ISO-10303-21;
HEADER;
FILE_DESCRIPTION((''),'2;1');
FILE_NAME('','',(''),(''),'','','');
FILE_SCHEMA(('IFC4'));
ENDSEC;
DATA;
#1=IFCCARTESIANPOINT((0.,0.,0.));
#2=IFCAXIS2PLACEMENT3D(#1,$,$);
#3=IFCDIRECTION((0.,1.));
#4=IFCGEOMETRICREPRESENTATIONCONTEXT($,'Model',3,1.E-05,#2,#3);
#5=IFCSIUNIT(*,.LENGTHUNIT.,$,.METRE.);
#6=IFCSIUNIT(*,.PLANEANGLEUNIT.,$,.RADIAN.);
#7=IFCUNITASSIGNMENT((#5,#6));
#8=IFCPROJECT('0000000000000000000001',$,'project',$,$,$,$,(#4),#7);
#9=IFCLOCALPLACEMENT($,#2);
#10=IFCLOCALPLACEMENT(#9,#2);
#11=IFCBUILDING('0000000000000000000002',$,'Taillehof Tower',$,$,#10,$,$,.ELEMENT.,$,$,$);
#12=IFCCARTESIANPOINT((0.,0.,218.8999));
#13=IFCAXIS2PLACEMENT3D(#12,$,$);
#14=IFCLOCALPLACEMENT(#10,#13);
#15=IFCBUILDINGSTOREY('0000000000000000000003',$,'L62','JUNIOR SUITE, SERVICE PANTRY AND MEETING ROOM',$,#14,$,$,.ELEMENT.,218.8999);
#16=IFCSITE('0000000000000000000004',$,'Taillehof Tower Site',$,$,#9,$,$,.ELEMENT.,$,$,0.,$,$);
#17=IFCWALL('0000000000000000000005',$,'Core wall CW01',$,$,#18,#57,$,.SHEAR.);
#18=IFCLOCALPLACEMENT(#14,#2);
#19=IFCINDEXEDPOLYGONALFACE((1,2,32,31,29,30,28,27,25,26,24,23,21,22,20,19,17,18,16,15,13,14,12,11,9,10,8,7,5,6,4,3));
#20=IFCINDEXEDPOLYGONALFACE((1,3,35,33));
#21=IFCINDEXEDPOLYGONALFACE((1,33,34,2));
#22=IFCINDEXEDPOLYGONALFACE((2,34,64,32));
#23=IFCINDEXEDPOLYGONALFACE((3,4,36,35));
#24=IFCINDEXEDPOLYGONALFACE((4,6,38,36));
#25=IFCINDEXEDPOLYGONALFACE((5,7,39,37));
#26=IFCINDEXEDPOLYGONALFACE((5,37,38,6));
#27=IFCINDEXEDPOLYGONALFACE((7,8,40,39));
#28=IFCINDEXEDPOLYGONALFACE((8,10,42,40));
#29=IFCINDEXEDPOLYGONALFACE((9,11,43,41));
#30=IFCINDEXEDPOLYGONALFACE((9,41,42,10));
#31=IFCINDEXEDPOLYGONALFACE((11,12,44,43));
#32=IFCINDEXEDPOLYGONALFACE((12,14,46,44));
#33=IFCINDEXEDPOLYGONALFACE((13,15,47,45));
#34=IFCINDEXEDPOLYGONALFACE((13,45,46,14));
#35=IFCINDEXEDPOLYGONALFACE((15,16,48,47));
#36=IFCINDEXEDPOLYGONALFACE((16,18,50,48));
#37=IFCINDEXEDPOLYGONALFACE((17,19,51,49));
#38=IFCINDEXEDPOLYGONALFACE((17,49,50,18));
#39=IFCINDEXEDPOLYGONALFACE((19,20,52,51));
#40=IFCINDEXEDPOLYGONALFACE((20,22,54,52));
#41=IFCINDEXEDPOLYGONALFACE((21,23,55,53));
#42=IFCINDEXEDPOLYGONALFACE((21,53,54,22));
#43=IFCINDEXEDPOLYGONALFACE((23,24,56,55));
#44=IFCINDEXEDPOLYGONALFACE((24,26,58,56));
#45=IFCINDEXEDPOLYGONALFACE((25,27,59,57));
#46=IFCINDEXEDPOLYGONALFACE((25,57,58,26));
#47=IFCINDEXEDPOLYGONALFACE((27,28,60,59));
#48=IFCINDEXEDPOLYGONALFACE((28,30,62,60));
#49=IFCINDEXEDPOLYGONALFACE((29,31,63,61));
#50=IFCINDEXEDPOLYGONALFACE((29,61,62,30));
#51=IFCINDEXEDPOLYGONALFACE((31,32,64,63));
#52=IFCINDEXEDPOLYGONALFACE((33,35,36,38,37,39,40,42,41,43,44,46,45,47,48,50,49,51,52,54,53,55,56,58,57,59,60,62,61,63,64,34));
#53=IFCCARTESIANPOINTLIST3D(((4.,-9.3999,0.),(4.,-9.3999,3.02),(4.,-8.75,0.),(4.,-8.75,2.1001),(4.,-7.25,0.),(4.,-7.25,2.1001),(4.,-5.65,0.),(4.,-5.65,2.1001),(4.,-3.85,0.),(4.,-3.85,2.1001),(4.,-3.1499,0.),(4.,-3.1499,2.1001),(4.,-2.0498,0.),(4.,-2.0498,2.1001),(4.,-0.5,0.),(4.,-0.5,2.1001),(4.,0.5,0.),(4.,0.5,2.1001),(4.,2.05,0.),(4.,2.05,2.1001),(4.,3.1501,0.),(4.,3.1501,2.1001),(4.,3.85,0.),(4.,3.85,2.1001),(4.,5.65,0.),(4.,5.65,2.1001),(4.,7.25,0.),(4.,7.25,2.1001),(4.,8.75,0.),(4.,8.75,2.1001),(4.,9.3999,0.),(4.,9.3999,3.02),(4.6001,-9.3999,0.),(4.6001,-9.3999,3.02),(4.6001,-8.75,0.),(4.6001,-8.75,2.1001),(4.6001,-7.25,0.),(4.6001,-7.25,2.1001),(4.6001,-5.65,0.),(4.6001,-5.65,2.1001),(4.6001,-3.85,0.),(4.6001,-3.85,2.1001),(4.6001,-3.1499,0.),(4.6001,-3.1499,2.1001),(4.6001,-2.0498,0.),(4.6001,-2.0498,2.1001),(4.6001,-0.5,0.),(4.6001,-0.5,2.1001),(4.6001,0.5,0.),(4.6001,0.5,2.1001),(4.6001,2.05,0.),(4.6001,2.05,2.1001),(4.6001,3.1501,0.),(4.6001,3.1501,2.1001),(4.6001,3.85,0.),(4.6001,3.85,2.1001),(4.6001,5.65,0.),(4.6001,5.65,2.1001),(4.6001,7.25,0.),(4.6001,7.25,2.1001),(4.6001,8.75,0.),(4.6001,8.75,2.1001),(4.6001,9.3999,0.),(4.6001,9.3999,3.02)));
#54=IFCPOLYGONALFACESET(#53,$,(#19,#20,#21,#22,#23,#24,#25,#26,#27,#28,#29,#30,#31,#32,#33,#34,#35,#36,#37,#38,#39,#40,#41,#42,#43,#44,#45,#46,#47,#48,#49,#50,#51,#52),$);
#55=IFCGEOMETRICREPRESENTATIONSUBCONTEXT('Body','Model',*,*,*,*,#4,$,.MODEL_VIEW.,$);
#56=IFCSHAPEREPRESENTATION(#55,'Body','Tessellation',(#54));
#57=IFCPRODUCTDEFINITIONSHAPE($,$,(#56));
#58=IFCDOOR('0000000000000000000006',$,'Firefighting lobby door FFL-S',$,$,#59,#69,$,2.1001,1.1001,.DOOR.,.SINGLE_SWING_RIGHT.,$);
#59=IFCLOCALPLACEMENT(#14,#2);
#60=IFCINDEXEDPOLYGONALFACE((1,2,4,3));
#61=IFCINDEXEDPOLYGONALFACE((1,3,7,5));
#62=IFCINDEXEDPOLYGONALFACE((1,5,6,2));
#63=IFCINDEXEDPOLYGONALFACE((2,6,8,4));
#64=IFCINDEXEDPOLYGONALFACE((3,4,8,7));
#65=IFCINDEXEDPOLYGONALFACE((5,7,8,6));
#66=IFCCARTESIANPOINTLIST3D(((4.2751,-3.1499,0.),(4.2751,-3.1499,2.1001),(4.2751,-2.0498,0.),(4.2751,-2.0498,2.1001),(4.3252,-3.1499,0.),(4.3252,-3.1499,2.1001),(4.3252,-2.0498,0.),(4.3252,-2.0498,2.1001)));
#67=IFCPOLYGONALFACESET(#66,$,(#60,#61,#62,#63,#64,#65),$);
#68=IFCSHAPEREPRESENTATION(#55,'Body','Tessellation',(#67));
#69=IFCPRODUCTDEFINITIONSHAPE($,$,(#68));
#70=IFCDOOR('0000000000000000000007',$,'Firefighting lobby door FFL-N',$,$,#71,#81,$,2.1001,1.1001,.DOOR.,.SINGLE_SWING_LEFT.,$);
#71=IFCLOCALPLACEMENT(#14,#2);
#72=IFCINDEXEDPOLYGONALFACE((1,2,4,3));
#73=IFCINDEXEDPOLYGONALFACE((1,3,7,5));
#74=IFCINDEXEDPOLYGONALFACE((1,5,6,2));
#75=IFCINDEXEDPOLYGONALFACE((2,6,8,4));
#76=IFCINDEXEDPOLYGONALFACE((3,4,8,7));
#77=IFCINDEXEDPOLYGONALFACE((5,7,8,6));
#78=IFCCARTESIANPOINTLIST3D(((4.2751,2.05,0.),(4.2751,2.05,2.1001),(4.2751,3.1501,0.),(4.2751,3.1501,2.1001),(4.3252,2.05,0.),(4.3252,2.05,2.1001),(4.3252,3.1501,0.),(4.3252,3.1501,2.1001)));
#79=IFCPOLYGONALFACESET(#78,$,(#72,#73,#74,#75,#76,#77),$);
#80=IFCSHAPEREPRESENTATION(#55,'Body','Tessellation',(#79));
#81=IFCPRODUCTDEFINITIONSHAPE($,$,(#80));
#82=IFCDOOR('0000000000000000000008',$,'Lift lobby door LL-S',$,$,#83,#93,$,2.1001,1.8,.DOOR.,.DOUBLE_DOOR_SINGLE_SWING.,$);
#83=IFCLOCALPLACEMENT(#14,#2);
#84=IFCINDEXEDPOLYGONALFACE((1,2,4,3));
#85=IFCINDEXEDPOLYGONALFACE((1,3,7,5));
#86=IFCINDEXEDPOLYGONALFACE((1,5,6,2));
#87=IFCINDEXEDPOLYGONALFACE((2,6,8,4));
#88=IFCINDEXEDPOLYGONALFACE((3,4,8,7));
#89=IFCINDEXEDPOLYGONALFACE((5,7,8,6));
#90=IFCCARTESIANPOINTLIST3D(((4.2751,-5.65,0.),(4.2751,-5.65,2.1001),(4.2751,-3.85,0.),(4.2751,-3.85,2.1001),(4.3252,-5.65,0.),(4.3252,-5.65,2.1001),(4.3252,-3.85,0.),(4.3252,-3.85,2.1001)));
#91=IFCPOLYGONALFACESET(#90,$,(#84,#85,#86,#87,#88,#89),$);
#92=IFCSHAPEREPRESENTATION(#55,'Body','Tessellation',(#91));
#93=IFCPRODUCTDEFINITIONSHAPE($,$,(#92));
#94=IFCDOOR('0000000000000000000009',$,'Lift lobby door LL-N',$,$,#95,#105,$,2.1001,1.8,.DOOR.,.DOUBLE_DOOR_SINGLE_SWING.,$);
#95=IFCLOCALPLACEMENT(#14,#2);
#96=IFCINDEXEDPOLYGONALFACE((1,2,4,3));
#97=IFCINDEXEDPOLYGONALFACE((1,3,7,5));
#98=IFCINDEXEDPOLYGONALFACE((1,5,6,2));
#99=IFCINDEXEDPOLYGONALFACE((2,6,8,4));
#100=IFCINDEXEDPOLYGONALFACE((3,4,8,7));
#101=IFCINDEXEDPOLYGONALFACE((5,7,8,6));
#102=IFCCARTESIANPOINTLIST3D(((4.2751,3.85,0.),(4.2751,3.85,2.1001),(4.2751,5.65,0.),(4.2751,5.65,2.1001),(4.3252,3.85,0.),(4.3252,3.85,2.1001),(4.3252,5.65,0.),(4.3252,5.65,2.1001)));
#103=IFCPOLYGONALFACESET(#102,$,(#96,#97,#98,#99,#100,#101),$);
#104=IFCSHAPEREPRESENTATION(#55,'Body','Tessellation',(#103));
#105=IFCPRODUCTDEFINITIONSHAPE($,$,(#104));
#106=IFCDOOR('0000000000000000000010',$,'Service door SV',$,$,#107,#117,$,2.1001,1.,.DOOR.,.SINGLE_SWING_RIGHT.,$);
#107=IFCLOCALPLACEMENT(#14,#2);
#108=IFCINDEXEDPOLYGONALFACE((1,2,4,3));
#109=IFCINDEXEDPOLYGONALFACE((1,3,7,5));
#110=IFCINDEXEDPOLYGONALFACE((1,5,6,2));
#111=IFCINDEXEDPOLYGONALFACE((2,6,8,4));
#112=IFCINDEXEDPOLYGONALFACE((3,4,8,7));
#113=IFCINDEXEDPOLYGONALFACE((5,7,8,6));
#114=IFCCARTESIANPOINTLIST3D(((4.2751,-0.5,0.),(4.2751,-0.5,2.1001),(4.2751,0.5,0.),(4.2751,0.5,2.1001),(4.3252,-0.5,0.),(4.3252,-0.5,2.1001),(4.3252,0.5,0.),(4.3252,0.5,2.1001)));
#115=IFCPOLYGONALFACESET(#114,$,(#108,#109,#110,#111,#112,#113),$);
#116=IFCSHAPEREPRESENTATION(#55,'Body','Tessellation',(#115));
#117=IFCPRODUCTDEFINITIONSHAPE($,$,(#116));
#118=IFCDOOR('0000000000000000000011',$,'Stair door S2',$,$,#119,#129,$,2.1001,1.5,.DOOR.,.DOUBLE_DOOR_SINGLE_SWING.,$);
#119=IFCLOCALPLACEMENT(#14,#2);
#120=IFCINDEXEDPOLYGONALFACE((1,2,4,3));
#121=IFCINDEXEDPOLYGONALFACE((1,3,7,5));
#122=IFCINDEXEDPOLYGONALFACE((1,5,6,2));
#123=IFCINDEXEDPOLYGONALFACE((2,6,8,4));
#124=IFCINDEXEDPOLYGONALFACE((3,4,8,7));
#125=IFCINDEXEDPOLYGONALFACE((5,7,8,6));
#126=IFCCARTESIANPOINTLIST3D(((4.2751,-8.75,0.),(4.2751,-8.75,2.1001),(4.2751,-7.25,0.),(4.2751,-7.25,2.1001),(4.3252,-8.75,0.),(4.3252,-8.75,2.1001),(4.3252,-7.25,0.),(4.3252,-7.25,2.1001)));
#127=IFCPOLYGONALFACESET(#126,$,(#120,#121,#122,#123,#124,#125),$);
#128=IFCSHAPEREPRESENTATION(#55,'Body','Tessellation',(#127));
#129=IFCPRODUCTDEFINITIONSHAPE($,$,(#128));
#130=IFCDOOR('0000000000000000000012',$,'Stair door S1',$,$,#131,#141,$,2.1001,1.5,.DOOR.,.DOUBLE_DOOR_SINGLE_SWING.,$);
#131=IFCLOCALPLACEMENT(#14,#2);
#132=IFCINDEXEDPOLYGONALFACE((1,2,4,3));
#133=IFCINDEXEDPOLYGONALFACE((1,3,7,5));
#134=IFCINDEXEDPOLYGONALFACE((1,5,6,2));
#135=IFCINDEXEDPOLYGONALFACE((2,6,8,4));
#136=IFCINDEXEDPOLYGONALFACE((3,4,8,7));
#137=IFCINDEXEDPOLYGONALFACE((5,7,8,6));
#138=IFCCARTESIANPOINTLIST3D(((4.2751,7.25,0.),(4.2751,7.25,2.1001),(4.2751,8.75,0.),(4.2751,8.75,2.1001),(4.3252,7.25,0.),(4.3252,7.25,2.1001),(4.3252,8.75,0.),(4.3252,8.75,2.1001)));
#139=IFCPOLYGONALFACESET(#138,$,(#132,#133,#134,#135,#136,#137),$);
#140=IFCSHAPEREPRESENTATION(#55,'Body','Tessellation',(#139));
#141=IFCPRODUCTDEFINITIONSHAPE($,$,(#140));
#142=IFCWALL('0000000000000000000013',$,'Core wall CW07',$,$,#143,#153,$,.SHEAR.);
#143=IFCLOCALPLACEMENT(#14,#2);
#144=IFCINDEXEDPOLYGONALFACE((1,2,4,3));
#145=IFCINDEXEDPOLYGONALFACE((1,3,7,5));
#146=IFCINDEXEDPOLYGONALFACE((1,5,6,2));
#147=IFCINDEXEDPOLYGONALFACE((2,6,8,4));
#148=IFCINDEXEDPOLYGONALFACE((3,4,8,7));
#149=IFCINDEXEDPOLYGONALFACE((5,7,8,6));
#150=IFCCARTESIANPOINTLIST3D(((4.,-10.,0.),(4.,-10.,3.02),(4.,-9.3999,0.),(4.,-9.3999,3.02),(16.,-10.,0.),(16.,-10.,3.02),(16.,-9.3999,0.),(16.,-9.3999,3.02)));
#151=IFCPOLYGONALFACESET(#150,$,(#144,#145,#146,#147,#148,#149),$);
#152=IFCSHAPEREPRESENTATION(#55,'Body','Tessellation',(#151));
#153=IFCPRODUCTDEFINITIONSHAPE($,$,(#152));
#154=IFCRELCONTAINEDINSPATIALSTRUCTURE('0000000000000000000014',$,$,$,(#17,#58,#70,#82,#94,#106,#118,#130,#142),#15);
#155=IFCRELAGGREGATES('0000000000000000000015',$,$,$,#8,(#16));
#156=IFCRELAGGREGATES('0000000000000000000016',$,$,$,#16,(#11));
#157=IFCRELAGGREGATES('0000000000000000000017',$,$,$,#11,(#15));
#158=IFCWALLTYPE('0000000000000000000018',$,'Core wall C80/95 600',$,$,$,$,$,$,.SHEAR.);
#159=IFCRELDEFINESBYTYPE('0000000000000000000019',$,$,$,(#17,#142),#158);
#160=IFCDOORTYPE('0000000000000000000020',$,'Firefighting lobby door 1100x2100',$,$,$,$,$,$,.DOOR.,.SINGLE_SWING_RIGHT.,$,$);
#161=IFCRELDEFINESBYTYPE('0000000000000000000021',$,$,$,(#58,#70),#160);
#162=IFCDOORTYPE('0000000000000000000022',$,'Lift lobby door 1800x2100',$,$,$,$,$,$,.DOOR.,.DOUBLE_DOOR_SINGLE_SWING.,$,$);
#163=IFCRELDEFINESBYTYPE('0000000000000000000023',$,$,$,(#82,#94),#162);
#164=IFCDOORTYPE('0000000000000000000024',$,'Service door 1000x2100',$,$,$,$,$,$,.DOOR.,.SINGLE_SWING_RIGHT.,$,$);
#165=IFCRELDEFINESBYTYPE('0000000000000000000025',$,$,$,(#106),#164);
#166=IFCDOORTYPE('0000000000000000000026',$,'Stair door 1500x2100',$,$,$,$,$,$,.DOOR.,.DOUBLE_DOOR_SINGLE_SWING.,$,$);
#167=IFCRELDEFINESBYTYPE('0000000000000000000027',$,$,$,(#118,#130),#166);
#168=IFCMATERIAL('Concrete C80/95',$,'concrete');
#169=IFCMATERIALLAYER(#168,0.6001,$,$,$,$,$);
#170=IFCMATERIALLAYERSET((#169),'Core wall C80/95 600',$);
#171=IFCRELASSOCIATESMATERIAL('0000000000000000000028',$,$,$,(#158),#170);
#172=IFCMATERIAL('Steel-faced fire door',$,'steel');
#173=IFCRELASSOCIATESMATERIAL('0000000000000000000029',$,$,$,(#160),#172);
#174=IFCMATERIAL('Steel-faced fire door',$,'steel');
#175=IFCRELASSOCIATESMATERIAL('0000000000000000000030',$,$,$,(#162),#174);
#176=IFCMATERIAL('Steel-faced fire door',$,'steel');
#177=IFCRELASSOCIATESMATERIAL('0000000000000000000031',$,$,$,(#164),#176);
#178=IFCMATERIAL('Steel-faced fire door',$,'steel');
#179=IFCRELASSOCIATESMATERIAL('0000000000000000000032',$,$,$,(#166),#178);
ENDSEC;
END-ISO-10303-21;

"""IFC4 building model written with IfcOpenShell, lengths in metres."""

from ifc_helpers import new_model, si_unit, direction, frame, frame_2d, origin, place, context, subcontext, project, spatial, rectangle, extrude, material, layer, layer_set, type_object, element, fill, save


model = new_model("IFC4")

# Units and contexts
model_context = context("Model", 3, precision=1e-05, world=origin(), true_north=direction((0.0, 1.0)))
body_context = subcontext(model_context, "Body", "Model", "MODEL_VIEW")
ifc_project = project(units=[si_unit("LENGTHUNIT", "METRE"), si_unit("PLANEANGLEUNIT", "RADIAN")], contexts=[model_context])

# Site, building, storey
site_placement = place(None, origin())
site = spatial("IfcSite", under=ifc_project, at=site_placement, Name="Taillehof Tower Site", CompositionType="ELEMENT", RefElevation=0.0)
building_placement = place(site_placement, origin())
building = spatial("IfcBuilding", under=site, at=building_placement, Name="Taillehof Tower", CompositionType="ELEMENT")
storey_placement = place(building_placement, frame((0.0, 0.0, 218.8999)))
storey = spatial("IfcBuildingStorey", under=building, at=storey_placement, Name="L62", Description="JUNIOR SUITE, SERVICE PANTRY AND MEETING ROOM", CompositionType="ELEMENT", Elevation=218.8999)

# Wall, openings, doors
ifc_material_1 = material(Name="Concrete C80/95", Category="concrete")
ifc_layer_1 = layer(ifc_material_1, 0.6001)
ifc_layer_set_1 = layer_set([ifc_layer_1], Name="Core wall C80/95 600")
wall_type_1 = type_object("IfcWallType", Name="Core wall C80/95 600", PredefinedType="SHEAR", material=ifc_layer_set_1)
wall_1_placement = place(storey_placement, frame((4.3, -9.3999, 0.0), z_axis=(0.0, 0.0, 1.0), x_axis=(0.0, 1.0, 0.0)))
wall_1 = element("IfcWall", 1, at=wall_1_placement, inside=storey, type_object=wall_type_1, Name="Core wall CW01", PredefinedType="SHEAR", context=body_context, shape_type="SweptSolid", body=[
    extrude(rectangle(XDim=18.7998, YDim=0.6001, at=frame_2d((9.3999, 0.0))), origin(), (0.0, 0.0, 1.0), 3.02),
])
opening_1_placement = place(wall_1_placement, frame((0.6499, 0.0, 0.0)))
opening_1 = element("IfcOpeningElement", 2, at=opening_1_placement, cuts=wall_1, PredefinedType="OPENING", context=body_context, shape_type="SweptSolid", body=[
    extrude(rectangle(XDim=1.5, YDim=2.1001, at=frame_2d((0.75, 1.05))), frame((0.0, 0.3101, 0.0), z_axis=(0.0, -1.0, 0.0), x_axis=(1.0, 0.0, 0.0)), (0.0, 0.0, 1.0), 0.6201),
])
opening_2_placement = place(wall_1_placement, frame((3.75, 0.0, 0.0)))
opening_2 = element("IfcOpeningElement", 3, at=opening_2_placement, cuts=wall_1, PredefinedType="OPENING", context=body_context, shape_type="SweptSolid", body=[
    extrude(rectangle(XDim=1.8, YDim=2.1001, at=frame_2d((0.8999, 1.05))), frame((0.0, 0.3101, 0.0), z_axis=(0.0, -1.0, 0.0), x_axis=(1.0, 0.0, 0.0)), (0.0, 0.0, 1.0), 0.6201),
])
opening_3_placement = place(wall_1_placement, frame((6.25, 0.0, 0.0)))
opening_3 = element("IfcOpeningElement", 4, at=opening_3_placement, cuts=wall_1, PredefinedType="OPENING", context=body_context, shape_type="SweptSolid", body=[
    extrude(rectangle(XDim=1.1001, YDim=2.1001, at=frame_2d((0.55, 1.05))), frame((0.0, 0.3101, 0.0), z_axis=(0.0, -1.0, 0.0), x_axis=(1.0, 0.0, 0.0)), (0.0, 0.0, 1.0), 0.6201),
])
opening_4_placement = place(wall_1_placement, frame((8.8999, 0.0, 0.0)))
opening_4 = element("IfcOpeningElement", 5, at=opening_4_placement, cuts=wall_1, PredefinedType="OPENING", context=body_context, shape_type="SweptSolid", body=[
    extrude(rectangle(XDim=1.0, YDim=2.1001, at=frame_2d((0.5, 1.05))), frame((0.0, 0.3101, 0.0), z_axis=(0.0, -1.0, 0.0), x_axis=(1.0, 0.0, 0.0)), (0.0, 0.0, 1.0), 0.6201),
])
opening_5_placement = place(wall_1_placement, frame((11.45, 0.0, 0.0)))
opening_5 = element("IfcOpeningElement", 6, at=opening_5_placement, cuts=wall_1, PredefinedType="OPENING", context=body_context, shape_type="SweptSolid", body=[
    extrude(rectangle(XDim=1.1001, YDim=2.1001, at=frame_2d((0.55, 1.05))), frame((0.0, 0.3101, 0.0), z_axis=(0.0, -1.0, 0.0), x_axis=(1.0, 0.0, 0.0)), (0.0, 0.0, 1.0), 0.6201),
])
opening_6_placement = place(wall_1_placement, frame((13.25, 0.0, 0.0)))
opening_6 = element("IfcOpeningElement", 7, at=opening_6_placement, cuts=wall_1, PredefinedType="OPENING", context=body_context, shape_type="SweptSolid", body=[
    extrude(rectangle(XDim=1.8, YDim=2.1001, at=frame_2d((0.8999, 1.05))), frame((0.0, 0.3101, 0.0), z_axis=(0.0, -1.0, 0.0), x_axis=(1.0, 0.0, 0.0)), (0.0, 0.0, 1.0), 0.6201),
])
opening_7_placement = place(wall_1_placement, frame((16.6499, 0.0, 0.0)))
opening_7 = element("IfcOpeningElement", 8, at=opening_7_placement, cuts=wall_1, PredefinedType="OPENING", context=body_context, shape_type="SweptSolid", body=[
    extrude(rectangle(XDim=1.5, YDim=2.1001, at=frame_2d((0.75, 1.05))), frame((0.0, 0.3101, 0.0), z_axis=(0.0, -1.0, 0.0), x_axis=(1.0, 0.0, 0.0)), (0.0, 0.0, 1.0), 0.6201),
])
ifc_material_2 = material(Name="Steel-faced fire door", Category="steel")
door_type_1 = type_object("IfcDoorType", Name="Firefighting lobby door 1100x2100", OperationType="SINGLE_SWING_RIGHT", PredefinedType="DOOR", material=ifc_material_2)
door_1_placement = place(opening_3_placement, origin())
door_1 = element("IfcDoor", 9, at=door_1_placement, inside=storey, type_object=door_type_1, Name="Firefighting lobby door FFL-S", OperationType="SINGLE_SWING_RIGHT", OverallHeight=2.1001, OverallWidth=1.1001, PredefinedType="DOOR", context=body_context, shape_type="SweptSolid", body=[
    extrude(rectangle(XDim=1.1001, YDim=2.1001, at=frame_2d((0.55, 1.05))), frame((0.0, 0.0249, 0.0), z_axis=(0.0, -1.0, 0.0), x_axis=(1.0, 0.0, 0.0)), (0.0, 0.0, 1.0), 0.05),
])
fill(opening_3, door_1)
door_2_placement = place(opening_5_placement, origin())
door_2 = element("IfcDoor", 10, at=door_2_placement, inside=storey, type_object=door_type_1, Name="Firefighting lobby door FFL-N", OperationType="SINGLE_SWING_LEFT", OverallHeight=2.1001, OverallWidth=1.1001, PredefinedType="DOOR", context=body_context, shape_type="SweptSolid", body=[
    extrude(rectangle(XDim=1.1001, YDim=2.1001, at=frame_2d((0.55, 1.05))), frame((0.0, 0.0249, 0.0), z_axis=(0.0, -1.0, 0.0), x_axis=(1.0, 0.0, 0.0)), (0.0, 0.0, 1.0), 0.05),
])
fill(opening_5, door_2)
ifc_material_3 = material(Name="Steel-faced fire door", Category="steel")
door_type_2 = type_object("IfcDoorType", Name="Lift lobby door 1800x2100", OperationType="DOUBLE_DOOR_SINGLE_SWING", PredefinedType="DOOR", material=ifc_material_3)
door_3_placement = place(opening_2_placement, origin())
door_3 = element("IfcDoor", 11, at=door_3_placement, inside=storey, type_object=door_type_2, Name="Lift lobby door LL-S", OperationType="DOUBLE_DOOR_SINGLE_SWING", OverallHeight=2.1001, OverallWidth=1.8, PredefinedType="DOOR", context=body_context, shape_type="SweptSolid", body=[
    extrude(rectangle(XDim=1.8, YDim=2.1001, at=frame_2d((0.8999, 1.05))), frame((0.0, 0.0249, 0.0), z_axis=(0.0, -1.0, 0.0), x_axis=(1.0, 0.0, 0.0)), (0.0, 0.0, 1.0), 0.05),
])
fill(opening_2, door_3)
door_4_placement = place(opening_6_placement, origin())
door_4 = element("IfcDoor", 12, at=door_4_placement, inside=storey, type_object=door_type_2, Name="Lift lobby door LL-N", OperationType="DOUBLE_DOOR_SINGLE_SWING", OverallHeight=2.1001, OverallWidth=1.8, PredefinedType="DOOR", context=body_context, shape_type="SweptSolid", body=[
    extrude(rectangle(XDim=1.8, YDim=2.1001, at=frame_2d((0.8999, 1.05))), frame((0.0, 0.0249, 0.0), z_axis=(0.0, -1.0, 0.0), x_axis=(1.0, 0.0, 0.0)), (0.0, 0.0, 1.0), 0.05),
])
fill(opening_6, door_4)
ifc_material_4 = material(Name="Steel-faced fire door", Category="steel")
door_type_3 = type_object("IfcDoorType", Name="Service door 1000x2100", OperationType="SINGLE_SWING_RIGHT", PredefinedType="DOOR", material=ifc_material_4)
door_5_placement = place(opening_4_placement, origin())
door_5 = element("IfcDoor", 13, at=door_5_placement, inside=storey, type_object=door_type_3, Name="Service door SV", OperationType="SINGLE_SWING_RIGHT", OverallHeight=2.1001, OverallWidth=1.0, PredefinedType="DOOR", context=body_context, shape_type="SweptSolid", body=[
    extrude(rectangle(XDim=1.0, YDim=2.1001, at=frame_2d((0.5, 1.05))), frame((0.0, 0.0249, 0.0), z_axis=(0.0, -1.0, 0.0), x_axis=(1.0, 0.0, 0.0)), (0.0, 0.0, 1.0), 0.05),
])
fill(opening_4, door_5)
ifc_material_5 = material(Name="Steel-faced fire door", Category="steel")
door_type_4 = type_object("IfcDoorType", Name="Stair door 1500x2100", OperationType="DOUBLE_DOOR_SINGLE_SWING", PredefinedType="DOOR", material=ifc_material_5)
door_6_placement = place(opening_1_placement, origin())
door_6 = element("IfcDoor", 14, at=door_6_placement, inside=storey, type_object=door_type_4, Name="Stair door S2", OperationType="DOUBLE_DOOR_SINGLE_SWING", OverallHeight=2.1001, OverallWidth=1.5, PredefinedType="DOOR", context=body_context, shape_type="SweptSolid", body=[
    extrude(rectangle(XDim=1.5, YDim=2.1001, at=frame_2d((0.75, 1.05))), frame((0.0, 0.0249, 0.0), z_axis=(0.0, -1.0, 0.0), x_axis=(1.0, 0.0, 0.0)), (0.0, 0.0, 1.0), 0.05),
])
fill(opening_1, door_6)
door_7_placement = place(opening_7_placement, origin())
door_7 = element("IfcDoor", 15, at=door_7_placement, inside=storey, type_object=door_type_4, Name="Stair door S1", OperationType="DOUBLE_DOOR_SINGLE_SWING", OverallHeight=2.1001, OverallWidth=1.5, PredefinedType="DOOR", context=body_context, shape_type="SweptSolid", body=[
    extrude(rectangle(XDim=1.5, YDim=2.1001, at=frame_2d((0.75, 1.05))), frame((0.0, 0.0249, 0.0), z_axis=(0.0, -1.0, 0.0), x_axis=(1.0, 0.0, 0.0)), (0.0, 0.0, 1.0), 0.05),
])
fill(opening_7, door_7)

# Wall
wall_2_placement = place(storey_placement, frame((4.0, -9.7, 0.0), z_axis=(0.0, 0.0, 1.0), x_axis=(1.0, 0.0, 0.0)))
element("IfcWall", 16, at=wall_2_placement, inside=storey, type_object=wall_type_1, Name="Core wall CW07", PredefinedType="SHEAR", context=body_context, shape_type="SweptSolid", body=[
    extrude(rectangle(XDim=12.0, YDim=0.6001, at=frame_2d((6.0, 0.0))), origin(), (0.0, 0.0, 1.0), 3.02),
])

save(model, "model.ifc")
